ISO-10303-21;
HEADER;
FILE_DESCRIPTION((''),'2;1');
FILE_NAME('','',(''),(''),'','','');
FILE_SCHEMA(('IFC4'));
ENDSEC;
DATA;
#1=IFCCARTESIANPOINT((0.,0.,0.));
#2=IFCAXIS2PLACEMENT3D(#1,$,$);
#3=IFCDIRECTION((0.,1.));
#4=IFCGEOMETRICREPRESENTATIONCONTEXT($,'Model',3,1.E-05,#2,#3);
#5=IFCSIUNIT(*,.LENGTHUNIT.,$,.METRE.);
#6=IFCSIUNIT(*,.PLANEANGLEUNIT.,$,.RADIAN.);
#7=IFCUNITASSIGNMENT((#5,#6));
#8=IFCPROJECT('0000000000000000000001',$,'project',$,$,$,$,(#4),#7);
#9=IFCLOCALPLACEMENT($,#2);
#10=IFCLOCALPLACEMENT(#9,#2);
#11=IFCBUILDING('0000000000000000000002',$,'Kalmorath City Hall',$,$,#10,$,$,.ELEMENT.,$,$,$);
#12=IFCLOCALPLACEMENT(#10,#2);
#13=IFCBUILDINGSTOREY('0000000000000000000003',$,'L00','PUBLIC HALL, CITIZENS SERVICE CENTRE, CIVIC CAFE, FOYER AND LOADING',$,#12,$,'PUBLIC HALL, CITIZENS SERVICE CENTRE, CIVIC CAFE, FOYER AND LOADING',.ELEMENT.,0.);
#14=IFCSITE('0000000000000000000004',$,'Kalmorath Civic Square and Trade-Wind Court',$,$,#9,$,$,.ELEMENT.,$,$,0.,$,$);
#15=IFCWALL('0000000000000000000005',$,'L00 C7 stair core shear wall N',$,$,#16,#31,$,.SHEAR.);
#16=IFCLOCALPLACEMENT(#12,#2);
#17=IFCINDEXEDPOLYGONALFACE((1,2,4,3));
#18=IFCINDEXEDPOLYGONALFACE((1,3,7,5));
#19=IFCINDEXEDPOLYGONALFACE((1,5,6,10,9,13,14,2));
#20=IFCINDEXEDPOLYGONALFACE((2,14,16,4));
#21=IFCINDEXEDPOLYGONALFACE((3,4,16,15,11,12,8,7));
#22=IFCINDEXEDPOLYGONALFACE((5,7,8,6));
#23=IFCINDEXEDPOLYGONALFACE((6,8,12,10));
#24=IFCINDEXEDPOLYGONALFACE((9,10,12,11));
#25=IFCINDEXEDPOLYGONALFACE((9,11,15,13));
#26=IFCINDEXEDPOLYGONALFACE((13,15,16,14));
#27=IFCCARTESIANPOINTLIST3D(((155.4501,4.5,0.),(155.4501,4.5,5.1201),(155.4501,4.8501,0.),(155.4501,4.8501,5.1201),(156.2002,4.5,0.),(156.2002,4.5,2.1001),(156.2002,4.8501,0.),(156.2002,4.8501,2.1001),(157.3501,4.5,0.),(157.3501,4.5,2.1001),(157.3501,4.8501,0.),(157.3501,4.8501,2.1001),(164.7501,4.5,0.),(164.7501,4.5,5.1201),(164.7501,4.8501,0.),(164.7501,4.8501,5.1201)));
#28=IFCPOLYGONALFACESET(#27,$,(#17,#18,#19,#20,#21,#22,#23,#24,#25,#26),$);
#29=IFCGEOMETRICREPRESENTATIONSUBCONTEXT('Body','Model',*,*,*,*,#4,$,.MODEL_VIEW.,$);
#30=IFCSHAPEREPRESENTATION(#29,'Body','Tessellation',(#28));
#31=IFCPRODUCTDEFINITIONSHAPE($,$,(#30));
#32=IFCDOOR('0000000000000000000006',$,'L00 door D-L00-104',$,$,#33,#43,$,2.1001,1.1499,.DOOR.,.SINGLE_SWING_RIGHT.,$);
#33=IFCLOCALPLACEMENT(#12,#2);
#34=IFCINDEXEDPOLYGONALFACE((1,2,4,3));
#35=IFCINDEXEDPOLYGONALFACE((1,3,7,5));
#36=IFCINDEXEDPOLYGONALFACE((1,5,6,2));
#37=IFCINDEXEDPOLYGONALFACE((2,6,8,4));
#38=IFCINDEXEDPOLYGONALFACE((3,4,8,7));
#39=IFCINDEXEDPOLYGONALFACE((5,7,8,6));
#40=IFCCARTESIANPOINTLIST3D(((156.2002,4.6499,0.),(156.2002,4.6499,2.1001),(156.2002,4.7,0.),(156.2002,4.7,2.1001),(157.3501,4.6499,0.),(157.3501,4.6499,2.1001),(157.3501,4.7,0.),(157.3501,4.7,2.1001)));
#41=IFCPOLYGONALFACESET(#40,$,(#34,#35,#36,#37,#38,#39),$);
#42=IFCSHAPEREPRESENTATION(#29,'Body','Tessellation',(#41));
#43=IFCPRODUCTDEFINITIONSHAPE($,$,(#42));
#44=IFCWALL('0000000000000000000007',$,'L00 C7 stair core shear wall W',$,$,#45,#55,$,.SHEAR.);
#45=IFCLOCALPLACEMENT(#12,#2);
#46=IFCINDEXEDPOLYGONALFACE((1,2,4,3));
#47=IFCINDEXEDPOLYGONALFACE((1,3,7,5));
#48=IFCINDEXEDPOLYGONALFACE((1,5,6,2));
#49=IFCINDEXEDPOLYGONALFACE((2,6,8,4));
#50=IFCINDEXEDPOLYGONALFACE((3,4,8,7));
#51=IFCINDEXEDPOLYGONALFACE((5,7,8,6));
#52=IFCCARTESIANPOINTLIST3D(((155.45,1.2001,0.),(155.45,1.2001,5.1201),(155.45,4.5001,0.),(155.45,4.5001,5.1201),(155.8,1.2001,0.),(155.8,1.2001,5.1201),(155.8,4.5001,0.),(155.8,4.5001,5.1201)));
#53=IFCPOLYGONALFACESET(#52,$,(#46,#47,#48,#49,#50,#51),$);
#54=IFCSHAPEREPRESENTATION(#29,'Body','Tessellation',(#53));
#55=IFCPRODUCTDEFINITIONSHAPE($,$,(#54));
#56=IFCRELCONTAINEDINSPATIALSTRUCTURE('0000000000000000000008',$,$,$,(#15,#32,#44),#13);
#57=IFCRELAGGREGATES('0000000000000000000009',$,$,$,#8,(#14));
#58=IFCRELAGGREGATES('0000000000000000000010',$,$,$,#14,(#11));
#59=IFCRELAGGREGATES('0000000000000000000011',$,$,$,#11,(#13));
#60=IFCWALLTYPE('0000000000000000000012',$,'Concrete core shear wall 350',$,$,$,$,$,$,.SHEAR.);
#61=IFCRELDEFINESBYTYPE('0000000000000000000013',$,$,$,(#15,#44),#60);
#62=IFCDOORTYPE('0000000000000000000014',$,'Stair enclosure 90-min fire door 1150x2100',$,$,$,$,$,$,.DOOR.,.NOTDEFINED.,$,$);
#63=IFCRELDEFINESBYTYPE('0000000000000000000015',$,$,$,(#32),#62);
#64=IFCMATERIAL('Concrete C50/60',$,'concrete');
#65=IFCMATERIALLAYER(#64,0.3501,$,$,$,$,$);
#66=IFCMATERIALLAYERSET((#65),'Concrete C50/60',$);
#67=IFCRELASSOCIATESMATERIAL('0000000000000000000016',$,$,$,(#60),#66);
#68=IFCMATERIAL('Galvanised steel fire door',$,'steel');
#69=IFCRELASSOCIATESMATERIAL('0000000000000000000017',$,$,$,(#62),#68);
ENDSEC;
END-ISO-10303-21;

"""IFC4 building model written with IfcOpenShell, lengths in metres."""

from ifc_helpers import new_model, si_unit, direction, frame, frame_2d, origin, place, context, subcontext, project, spatial, rectangle, extrude, material, layer, layer_set, type_object, element, fill, save


model = new_model("IFC4")

# Units and contexts
model_context = context("Model", 3, precision=1e-05, world=origin(), true_north=direction((0.0, 1.0)))
body_context = subcontext(model_context, "Body", "Model", "MODEL_VIEW")
ifc_project = project(units=[si_unit("LENGTHUNIT", "METRE"), si_unit("PLANEANGLEUNIT", "RADIAN")], contexts=[model_context])

# Site, building, storey
site_placement = place(None, origin())
site = spatial("IfcSite", under=ifc_project, at=site_placement, Name="Kalmorath Civic Square and Trade-Wind Court", CompositionType="ELEMENT", RefElevation=0.0)
building_placement = place(site_placement, origin())
building = spatial("IfcBuilding", under=site, at=building_placement, Name="Kalmorath City Hall", CompositionType="ELEMENT")
storey_placement = place(building_placement, origin())
storey = spatial("IfcBuildingStorey", under=building, at=storey_placement, Name="L00", Description="PUBLIC HALL, CITIZENS SERVICE CENTRE, CIVIC CAFE, FOYER AND LOADING", LongName="PUBLIC HALL, CITIZENS SERVICE CENTRE, CIVIC CAFE, FOYER AND LOADING", CompositionType="ELEMENT", Elevation=0.0)

# Wall, opening, door
ifc_material_1 = material(Name="Concrete C50/60", Category="concrete")
ifc_layer_1 = layer(ifc_material_1, 0.3501)
ifc_layer_set_1 = layer_set([ifc_layer_1], Name="Concrete C50/60")
wall_type_1 = type_object("IfcWallType", Name="Concrete core shear wall 350", PredefinedType="SHEAR", material=ifc_layer_set_1)
wall_1_placement = place(storey_placement, frame((164.75, 4.675, 0.0), z_axis=(0.0, 0.0, 1.0), x_axis=(-1.0, 0.0, 0.0)))
wall_1 = element("IfcWall", 1, at=wall_1_placement, inside=storey, type_object=wall_type_1, Name="L00 C7 stair core shear wall N", PredefinedType="SHEAR", context=body_context, shape_type="SweptSolid", body=[
    extrude(rectangle(XDim=9.3, YDim=0.3501, at=frame_2d((4.6499, 0.0))), origin(), (0.0, 0.0, 1.0), 5.1201),
])
opening_1_placement = place(wall_1_placement, frame((7.3999, 0.0, 0.0)))
opening_1 = element("IfcOpeningElement", 2, at=opening_1_placement, cuts=wall_1, PredefinedType="OPENING", context=body_context, shape_type="SweptSolid", body=[
    extrude(rectangle(XDim=1.1499, YDim=2.1001, at=frame_2d((0.575, 1.05))), frame((0.0, 0.1851, 0.0), z_axis=(0.0, -1.0, 0.0), x_axis=(1.0, 0.0, 0.0)), (0.0, 0.0, 1.0), 0.3701),
])
ifc_material_2 = material(Name="Galvanised steel fire door", Category="steel")
door_type_1 = type_object("IfcDoorType", Name="Stair enclosure 90-min fire door 1150x2100", OperationType="NOTDEFINED", PredefinedType="DOOR", material=ifc_material_2)
door_1_placement = place(opening_1_placement, frame((1.1499, 0.0, 0.0), z_axis=(0.0, 0.0, 1.0), x_axis=(-1.0, 0.0, 0.0)))
door_1 = element("IfcDoor", 3, at=door_1_placement, inside=storey, type_object=door_type_1, Name="L00 door D-L00-104", OperationType="SINGLE_SWING_RIGHT", OverallHeight=2.1001, OverallWidth=1.1499, PredefinedType="DOOR", context=body_context, shape_type="SweptSolid", body=[
    extrude(rectangle(XDim=1.1499, YDim=2.1001, at=frame_2d((0.575, 1.05))), frame((0.0, 0.0249, 0.0), z_axis=(0.0, -1.0, 0.0), x_axis=(1.0, 0.0, 0.0)), (0.0, 0.0, 1.0), 0.05),
])
fill(opening_1, door_1)

# Wall
wall_2_placement = place(storey_placement, frame((155.625, 4.5, 0.0), z_axis=(0.0, 0.0, 1.0), x_axis=(0.0, -1.0, 0.0)))
element("IfcWall", 4, at=wall_2_placement, inside=storey, type_object=wall_type_1, Name="L00 C7 stair core shear wall W", PredefinedType="SHEAR", context=body_context, shape_type="SweptSolid", body=[
    extrude(rectangle(XDim=3.3, YDim=0.3501, at=frame_2d((1.6499, 0.0))), origin(), (0.0, 0.0, 1.0), 5.1201),
])

save(model, "model.ifc")
